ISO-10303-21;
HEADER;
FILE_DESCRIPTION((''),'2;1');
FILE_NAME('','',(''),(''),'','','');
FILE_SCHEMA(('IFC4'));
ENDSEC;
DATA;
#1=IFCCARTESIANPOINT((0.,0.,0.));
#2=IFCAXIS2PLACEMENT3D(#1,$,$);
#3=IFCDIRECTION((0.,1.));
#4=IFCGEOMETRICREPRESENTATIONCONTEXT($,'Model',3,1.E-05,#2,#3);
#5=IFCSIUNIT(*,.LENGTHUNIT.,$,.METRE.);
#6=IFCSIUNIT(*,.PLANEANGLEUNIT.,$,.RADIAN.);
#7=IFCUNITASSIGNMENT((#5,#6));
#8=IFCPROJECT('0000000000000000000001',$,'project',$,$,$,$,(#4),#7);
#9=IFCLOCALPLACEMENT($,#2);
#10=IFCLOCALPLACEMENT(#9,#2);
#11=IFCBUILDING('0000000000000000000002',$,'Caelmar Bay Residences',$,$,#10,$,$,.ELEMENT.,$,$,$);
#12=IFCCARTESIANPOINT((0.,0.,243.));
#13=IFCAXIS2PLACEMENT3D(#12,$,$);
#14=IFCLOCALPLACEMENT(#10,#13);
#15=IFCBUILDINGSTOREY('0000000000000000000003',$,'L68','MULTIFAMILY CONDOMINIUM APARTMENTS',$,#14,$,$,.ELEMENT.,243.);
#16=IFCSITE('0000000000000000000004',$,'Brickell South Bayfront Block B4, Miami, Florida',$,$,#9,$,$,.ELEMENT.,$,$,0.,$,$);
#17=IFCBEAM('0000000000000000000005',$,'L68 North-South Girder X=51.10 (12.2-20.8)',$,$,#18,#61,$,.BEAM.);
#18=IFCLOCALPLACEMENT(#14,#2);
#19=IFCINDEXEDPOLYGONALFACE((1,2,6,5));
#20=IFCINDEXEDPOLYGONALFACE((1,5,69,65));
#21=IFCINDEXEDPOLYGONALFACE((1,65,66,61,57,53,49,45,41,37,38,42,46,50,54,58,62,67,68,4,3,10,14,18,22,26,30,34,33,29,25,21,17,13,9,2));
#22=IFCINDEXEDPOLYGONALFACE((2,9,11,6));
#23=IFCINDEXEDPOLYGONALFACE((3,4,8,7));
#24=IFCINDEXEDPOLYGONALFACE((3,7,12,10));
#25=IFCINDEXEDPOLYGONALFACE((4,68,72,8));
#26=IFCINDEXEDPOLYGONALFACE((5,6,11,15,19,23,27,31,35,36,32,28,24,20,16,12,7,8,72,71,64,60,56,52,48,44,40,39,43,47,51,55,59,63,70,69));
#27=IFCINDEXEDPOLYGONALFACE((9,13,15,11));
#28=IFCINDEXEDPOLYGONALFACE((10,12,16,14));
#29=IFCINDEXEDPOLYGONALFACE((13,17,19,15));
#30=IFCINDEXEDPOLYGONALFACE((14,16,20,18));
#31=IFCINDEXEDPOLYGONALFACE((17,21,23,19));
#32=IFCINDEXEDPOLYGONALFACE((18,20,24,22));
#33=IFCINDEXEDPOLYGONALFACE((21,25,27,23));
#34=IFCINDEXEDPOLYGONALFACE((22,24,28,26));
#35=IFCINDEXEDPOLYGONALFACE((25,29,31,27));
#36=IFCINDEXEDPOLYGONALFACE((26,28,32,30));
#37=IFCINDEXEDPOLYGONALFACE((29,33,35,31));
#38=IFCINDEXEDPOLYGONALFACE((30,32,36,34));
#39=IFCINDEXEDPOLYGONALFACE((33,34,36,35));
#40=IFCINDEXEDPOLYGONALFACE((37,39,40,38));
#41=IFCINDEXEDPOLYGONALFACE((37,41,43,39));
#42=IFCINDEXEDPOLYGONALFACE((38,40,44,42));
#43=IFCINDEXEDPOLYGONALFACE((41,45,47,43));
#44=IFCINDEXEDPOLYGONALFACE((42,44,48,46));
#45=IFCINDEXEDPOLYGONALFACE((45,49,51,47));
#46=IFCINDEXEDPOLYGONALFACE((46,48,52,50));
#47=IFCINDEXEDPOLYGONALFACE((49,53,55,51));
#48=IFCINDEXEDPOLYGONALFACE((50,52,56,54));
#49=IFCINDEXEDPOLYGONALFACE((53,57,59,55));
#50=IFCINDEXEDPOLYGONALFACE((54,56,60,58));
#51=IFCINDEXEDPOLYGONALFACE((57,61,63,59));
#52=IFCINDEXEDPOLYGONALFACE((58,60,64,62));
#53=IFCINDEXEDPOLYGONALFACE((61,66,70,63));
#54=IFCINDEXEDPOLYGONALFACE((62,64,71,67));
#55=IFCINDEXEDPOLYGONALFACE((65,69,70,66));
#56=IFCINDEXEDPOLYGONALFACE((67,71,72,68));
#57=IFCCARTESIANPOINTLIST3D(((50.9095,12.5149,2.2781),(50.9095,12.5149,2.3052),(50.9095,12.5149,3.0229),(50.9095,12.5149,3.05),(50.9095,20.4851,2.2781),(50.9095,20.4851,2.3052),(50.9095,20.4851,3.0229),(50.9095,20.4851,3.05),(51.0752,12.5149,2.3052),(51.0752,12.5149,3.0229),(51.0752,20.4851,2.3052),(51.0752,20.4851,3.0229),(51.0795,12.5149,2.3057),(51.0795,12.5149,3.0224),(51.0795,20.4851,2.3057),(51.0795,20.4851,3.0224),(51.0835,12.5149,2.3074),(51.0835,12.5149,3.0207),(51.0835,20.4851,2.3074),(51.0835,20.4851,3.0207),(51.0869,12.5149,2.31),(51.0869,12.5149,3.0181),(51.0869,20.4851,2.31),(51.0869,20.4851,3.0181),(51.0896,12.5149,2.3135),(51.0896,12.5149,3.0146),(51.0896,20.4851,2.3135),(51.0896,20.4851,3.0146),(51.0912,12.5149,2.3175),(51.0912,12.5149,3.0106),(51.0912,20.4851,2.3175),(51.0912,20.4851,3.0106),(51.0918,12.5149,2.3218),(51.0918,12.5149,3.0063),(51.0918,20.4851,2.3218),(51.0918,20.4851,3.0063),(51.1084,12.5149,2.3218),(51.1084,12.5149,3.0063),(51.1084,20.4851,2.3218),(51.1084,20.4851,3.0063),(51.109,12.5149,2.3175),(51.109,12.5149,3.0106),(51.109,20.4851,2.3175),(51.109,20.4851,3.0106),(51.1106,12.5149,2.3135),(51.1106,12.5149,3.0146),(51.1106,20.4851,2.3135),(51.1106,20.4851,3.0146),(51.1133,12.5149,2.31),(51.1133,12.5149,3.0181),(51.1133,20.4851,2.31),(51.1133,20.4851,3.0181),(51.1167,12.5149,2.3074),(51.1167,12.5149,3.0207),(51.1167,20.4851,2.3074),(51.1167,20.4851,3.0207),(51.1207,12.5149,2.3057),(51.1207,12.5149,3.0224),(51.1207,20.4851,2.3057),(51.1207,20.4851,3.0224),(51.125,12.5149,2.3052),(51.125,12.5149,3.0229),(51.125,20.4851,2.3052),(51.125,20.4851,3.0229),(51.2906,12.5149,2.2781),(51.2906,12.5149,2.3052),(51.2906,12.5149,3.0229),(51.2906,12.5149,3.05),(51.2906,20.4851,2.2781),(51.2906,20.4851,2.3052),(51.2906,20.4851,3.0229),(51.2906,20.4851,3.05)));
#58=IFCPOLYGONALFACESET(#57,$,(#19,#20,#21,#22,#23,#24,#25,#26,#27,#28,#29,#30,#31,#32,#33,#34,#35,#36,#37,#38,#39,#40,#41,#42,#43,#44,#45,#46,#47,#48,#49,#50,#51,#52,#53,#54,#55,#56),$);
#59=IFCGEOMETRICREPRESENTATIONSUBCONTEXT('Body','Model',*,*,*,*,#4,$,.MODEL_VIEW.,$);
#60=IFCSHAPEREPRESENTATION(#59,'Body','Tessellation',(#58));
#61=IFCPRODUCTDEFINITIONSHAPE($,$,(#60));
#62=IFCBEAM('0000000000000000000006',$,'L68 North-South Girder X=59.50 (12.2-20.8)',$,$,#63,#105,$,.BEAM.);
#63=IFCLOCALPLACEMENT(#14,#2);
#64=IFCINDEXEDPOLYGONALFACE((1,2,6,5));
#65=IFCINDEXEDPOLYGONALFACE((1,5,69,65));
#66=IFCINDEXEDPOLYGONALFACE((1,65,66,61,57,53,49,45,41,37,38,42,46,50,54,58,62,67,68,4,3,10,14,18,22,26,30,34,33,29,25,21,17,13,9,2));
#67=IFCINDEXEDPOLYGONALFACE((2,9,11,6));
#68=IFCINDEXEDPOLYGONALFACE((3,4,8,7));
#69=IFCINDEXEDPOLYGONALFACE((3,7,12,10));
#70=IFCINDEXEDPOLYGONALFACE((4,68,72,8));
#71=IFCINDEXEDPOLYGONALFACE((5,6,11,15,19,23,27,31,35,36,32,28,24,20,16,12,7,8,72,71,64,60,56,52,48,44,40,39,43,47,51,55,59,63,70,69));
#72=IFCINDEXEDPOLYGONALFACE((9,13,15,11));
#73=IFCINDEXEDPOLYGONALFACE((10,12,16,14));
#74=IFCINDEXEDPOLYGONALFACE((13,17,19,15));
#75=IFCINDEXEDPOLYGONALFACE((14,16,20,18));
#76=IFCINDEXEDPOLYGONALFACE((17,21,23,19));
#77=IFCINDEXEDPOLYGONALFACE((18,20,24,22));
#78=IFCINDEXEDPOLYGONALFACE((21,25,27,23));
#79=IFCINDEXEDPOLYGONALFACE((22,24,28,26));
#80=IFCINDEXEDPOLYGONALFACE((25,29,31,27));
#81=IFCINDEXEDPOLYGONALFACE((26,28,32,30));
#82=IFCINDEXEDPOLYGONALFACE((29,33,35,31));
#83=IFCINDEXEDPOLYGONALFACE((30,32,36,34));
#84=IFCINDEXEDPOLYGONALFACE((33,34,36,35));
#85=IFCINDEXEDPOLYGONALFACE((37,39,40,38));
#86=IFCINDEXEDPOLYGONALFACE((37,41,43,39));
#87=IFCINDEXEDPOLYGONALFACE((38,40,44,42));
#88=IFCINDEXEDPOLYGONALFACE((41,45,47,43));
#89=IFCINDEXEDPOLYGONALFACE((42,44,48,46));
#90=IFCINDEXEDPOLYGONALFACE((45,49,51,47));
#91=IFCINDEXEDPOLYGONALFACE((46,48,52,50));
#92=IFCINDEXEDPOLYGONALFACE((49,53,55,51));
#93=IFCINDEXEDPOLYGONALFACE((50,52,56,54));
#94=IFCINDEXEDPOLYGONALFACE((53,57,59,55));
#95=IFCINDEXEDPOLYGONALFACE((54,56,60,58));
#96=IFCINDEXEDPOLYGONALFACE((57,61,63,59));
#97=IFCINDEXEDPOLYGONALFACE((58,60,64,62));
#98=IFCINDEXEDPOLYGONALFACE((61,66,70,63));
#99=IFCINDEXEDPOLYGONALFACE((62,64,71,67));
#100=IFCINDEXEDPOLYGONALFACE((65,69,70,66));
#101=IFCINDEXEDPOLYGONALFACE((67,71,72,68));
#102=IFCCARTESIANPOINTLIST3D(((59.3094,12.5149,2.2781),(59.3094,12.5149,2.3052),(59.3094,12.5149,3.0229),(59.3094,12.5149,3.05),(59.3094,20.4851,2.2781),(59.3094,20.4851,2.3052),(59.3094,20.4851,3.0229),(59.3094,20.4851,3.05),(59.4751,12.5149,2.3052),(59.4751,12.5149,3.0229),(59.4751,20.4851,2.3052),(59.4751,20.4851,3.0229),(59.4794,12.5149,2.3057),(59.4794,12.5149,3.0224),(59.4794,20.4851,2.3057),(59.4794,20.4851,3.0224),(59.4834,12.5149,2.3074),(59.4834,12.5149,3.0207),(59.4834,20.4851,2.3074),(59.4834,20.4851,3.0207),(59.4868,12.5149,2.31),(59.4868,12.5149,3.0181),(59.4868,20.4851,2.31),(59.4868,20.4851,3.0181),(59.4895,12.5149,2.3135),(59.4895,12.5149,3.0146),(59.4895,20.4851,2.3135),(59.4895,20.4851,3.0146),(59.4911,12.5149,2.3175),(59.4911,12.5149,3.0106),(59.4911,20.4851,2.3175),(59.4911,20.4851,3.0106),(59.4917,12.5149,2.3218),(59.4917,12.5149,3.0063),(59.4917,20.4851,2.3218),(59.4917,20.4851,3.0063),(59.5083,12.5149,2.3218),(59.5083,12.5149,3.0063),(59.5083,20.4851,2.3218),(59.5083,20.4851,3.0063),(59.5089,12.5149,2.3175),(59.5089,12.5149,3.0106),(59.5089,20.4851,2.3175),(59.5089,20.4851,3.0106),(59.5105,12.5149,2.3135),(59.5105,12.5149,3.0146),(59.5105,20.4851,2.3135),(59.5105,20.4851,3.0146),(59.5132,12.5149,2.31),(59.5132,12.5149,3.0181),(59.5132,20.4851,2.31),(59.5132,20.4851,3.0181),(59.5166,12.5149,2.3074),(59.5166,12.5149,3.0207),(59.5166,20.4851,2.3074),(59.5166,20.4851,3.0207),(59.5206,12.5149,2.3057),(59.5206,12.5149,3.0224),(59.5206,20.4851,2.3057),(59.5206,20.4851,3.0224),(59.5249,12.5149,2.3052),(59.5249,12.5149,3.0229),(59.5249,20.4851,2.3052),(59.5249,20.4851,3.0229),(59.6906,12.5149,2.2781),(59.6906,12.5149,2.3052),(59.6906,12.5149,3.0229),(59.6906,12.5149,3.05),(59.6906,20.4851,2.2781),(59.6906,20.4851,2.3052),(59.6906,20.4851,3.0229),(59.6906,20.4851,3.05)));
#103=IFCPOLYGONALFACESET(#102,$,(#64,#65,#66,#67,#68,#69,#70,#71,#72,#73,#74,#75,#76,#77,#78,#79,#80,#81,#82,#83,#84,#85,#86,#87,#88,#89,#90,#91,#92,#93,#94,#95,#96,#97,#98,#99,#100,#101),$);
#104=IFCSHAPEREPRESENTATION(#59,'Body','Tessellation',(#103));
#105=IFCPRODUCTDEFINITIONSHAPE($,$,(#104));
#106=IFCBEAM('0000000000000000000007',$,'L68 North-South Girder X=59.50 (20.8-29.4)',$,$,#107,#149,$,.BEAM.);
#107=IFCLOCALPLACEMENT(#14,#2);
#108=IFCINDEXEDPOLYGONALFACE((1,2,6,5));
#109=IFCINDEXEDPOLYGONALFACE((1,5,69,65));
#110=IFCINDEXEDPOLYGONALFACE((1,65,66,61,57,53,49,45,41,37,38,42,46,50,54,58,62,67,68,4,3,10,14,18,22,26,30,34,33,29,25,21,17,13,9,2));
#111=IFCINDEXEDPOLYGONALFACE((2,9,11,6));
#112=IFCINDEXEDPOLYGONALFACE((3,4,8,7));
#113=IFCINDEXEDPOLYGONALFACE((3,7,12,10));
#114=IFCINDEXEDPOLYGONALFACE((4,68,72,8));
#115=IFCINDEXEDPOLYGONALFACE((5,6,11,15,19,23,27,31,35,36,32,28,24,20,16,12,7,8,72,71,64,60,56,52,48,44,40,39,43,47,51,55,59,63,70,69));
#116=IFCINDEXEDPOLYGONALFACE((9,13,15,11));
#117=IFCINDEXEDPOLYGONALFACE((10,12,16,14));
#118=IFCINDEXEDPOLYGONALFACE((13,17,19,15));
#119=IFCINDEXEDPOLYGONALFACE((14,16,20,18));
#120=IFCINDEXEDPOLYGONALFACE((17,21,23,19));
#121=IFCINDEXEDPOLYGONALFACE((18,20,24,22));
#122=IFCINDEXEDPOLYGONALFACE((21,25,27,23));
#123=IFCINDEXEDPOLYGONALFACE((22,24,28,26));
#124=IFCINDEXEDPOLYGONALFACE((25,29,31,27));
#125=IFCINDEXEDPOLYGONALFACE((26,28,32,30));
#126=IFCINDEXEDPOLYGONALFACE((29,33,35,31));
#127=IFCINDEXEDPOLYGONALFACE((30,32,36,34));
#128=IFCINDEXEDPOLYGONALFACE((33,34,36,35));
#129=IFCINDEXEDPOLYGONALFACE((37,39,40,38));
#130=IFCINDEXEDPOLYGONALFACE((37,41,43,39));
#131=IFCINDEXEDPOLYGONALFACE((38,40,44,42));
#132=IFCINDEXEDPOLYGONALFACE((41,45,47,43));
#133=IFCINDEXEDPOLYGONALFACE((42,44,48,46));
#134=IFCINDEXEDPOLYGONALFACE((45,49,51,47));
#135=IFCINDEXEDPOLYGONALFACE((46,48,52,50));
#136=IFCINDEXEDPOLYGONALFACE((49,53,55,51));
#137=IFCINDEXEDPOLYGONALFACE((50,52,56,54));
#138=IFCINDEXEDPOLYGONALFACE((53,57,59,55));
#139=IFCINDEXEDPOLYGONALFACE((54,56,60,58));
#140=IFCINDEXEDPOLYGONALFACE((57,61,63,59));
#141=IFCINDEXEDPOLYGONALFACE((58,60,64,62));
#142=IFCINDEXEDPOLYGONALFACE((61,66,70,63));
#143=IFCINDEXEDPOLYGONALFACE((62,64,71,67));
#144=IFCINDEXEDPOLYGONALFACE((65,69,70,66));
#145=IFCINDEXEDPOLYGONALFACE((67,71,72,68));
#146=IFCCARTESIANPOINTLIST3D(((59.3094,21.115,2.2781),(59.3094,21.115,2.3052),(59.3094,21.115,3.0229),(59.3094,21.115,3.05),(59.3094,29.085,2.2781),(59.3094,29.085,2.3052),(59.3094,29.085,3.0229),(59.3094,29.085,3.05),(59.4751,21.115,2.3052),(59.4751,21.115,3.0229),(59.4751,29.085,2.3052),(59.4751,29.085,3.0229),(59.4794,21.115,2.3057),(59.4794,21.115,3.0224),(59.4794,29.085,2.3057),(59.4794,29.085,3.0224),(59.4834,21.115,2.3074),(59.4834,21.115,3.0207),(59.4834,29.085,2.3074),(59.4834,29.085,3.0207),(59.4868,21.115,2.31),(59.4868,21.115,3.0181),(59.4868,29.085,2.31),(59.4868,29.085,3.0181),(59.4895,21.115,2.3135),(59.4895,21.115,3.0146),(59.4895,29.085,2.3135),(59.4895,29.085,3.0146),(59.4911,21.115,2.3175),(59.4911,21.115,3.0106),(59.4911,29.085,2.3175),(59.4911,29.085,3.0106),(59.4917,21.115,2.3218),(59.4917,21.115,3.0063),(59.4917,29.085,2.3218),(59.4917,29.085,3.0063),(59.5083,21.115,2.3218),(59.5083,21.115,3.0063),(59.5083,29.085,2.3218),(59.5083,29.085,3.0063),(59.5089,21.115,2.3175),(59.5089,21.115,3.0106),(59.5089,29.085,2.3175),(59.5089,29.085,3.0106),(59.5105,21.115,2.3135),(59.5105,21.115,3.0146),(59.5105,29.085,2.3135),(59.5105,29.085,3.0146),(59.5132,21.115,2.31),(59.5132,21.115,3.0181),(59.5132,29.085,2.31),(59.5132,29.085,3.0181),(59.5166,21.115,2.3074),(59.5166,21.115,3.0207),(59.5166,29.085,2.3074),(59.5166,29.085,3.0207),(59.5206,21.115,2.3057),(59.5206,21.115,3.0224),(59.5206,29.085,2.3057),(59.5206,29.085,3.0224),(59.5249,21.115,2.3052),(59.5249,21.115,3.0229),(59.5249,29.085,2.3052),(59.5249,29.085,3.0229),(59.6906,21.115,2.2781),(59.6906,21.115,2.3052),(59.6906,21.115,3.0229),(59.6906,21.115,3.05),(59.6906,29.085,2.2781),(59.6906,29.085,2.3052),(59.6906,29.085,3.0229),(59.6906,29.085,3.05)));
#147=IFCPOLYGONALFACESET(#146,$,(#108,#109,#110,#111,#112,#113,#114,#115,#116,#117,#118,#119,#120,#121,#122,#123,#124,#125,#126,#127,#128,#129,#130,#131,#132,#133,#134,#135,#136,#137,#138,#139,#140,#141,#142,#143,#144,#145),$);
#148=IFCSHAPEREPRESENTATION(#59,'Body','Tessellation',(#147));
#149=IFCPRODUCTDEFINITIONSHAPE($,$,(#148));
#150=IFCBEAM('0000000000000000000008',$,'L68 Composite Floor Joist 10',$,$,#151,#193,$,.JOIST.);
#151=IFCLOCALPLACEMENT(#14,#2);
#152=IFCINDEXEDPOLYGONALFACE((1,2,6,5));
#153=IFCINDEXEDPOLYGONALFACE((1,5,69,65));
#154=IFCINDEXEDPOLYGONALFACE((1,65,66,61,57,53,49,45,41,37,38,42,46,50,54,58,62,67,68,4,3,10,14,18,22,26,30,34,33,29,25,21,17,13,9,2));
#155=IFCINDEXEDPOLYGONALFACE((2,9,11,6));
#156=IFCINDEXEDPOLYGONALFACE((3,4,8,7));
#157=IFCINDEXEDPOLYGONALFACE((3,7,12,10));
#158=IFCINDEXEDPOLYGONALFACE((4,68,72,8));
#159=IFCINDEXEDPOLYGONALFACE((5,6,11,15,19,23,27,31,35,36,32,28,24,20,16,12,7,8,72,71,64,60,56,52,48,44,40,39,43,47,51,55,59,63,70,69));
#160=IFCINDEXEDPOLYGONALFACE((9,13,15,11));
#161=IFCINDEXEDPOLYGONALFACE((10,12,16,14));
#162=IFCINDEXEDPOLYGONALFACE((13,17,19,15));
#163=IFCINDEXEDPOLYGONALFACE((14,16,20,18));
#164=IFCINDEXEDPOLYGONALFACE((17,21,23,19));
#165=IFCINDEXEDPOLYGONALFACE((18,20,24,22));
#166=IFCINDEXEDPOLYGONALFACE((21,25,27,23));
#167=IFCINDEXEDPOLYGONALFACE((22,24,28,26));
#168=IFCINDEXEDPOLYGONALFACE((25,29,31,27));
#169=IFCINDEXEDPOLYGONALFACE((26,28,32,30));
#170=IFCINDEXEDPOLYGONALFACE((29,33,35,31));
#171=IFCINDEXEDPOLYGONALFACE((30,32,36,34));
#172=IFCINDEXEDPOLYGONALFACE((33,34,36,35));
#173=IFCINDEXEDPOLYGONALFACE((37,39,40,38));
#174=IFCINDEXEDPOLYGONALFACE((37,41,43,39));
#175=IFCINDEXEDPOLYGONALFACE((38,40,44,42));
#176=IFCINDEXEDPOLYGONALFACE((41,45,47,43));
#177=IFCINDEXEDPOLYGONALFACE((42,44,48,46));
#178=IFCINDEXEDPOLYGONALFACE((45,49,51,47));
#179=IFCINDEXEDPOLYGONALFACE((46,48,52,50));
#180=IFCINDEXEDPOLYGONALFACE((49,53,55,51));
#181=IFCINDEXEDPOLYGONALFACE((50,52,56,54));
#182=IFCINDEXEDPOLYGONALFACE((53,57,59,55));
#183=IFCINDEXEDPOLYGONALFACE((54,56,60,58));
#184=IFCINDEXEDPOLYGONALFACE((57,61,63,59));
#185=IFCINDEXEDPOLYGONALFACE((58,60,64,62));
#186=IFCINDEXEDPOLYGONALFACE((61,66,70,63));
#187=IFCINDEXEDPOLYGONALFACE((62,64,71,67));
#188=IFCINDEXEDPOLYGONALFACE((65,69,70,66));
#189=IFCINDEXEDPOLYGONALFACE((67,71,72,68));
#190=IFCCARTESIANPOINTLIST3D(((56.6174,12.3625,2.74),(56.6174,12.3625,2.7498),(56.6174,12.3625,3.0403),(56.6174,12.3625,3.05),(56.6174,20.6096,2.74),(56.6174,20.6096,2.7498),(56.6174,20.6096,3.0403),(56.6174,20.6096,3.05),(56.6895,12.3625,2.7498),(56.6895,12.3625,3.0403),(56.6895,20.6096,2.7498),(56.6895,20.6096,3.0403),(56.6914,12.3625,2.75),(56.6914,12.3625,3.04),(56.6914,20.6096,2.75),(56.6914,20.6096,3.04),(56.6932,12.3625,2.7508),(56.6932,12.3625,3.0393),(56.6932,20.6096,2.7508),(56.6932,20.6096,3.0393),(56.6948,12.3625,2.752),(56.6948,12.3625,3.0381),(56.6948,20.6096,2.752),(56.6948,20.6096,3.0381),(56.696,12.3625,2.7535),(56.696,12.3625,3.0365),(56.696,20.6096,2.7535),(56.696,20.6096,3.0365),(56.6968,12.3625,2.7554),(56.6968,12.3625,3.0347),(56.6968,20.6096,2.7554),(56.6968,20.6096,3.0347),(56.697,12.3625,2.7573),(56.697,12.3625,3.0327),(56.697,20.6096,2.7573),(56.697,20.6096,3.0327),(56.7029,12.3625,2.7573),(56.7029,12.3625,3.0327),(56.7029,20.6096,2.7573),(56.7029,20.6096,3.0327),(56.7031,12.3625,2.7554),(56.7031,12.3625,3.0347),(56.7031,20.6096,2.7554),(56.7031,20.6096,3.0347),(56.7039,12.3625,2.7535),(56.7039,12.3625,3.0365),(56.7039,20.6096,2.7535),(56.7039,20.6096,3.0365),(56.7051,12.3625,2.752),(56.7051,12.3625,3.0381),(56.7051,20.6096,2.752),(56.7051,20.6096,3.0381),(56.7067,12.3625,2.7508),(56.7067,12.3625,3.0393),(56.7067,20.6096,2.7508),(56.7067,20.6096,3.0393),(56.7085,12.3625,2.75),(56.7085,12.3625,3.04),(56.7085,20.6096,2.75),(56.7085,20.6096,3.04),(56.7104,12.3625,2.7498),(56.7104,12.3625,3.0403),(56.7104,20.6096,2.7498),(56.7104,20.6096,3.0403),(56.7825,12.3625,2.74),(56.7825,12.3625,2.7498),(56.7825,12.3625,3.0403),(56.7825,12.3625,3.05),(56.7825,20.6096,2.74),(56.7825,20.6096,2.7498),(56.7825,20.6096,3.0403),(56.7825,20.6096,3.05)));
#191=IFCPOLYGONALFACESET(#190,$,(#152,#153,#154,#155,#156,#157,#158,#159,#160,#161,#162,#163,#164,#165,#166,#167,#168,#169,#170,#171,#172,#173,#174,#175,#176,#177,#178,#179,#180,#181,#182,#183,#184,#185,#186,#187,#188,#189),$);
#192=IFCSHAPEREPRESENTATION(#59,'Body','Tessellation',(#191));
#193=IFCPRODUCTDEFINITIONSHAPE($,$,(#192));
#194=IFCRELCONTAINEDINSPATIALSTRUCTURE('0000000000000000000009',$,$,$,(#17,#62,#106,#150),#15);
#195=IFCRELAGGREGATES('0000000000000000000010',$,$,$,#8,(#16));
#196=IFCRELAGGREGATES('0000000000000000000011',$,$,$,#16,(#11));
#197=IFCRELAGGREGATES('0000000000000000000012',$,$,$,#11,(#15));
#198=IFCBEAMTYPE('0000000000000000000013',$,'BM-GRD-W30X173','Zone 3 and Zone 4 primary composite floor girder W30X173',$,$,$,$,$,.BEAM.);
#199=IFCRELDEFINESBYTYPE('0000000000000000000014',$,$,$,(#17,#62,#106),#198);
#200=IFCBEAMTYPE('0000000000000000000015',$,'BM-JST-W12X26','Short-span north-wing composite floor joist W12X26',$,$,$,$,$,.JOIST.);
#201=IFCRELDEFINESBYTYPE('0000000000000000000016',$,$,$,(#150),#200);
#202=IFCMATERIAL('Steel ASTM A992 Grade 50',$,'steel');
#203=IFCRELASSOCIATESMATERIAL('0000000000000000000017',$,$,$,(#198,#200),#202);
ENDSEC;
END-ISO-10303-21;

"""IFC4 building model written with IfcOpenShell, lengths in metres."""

from ifc_helpers import new_model, si_unit, direction, frame, origin, origin_2d, place, context, subcontext, project, spatial, i_section, extrude, material, material_profile, profile_set, type_object, element, save


model = new_model("IFC4")

# Units and contexts
model_context = context("Model", 3, precision=1e-05, world=origin(), true_north=direction((0.0, 1.0)))
body_context = subcontext(model_context, "Body", "Model", "MODEL_VIEW")
ifc_project = project(units=[si_unit("LENGTHUNIT", "METRE"), si_unit("PLANEANGLEUNIT", "RADIAN")], contexts=[model_context])

# Site, building, storey
site_placement = place(None, origin())
site = spatial("IfcSite", under=ifc_project, at=site_placement, Name="Brickell South Bayfront Block B4, Miami, Florida", CompositionType="ELEMENT", RefElevation=0.0)
building_placement = place(site_placement, origin())
building = spatial("IfcBuilding", under=site, at=building_placement, Name="Caelmar Bay Residences", CompositionType="ELEMENT")
storey_placement = place(building_placement, frame((0.0, 0.0, 243.0)))
storey = spatial("IfcBuildingStorey", under=building, at=storey_placement, Name="L68", Description="MULTIFAMILY CONDOMINIUM APARTMENTS", CompositionType="ELEMENT", Elevation=243.0)

# Beams
ifc_material_1 = material(Name="Steel ASTM A992 Grade 50", Category="steel")
ifc_material_profile_1 = material_profile(ifc_material_1, i_section(OverallWidth=0.3811, OverallDepth=0.772, WebThickness=0.0166, FlangeThickness=0.0271, FilletRadius=0.0166, at=origin_2d()), Name="W30X173")
ifc_profile_set_1 = profile_set([ifc_material_profile_1], Name="Steel ASTM A992 Grade 50")
beam_type_1 = type_object("IfcBeamType", Name="BM-GRD-W30X173", Description="Zone 3 and Zone 4 primary composite floor girder W30X173", PredefinedType="BEAM", material=ifc_profile_set_1)
for number, where, z_axis, x_axis, name in (
    (1, (51.1001, 12.5149, 2.6641), (0.0, 1.0, 0.0), (-1.0, 0.0, 0.0), "L68 North-South Girder X=51.10 (12.2-20.8)"),
    (2, (59.5, 12.5149, 2.6641), (0.0, 1.0, 0.0), (-1.0, 0.0, 0.0), "L68 North-South Girder X=59.50 (12.2-20.8)"),
):
    element("IfcBeam", number, at=place(storey_placement, frame(where, z_axis=z_axis, x_axis=x_axis)), inside=storey, type_object=beam_type_1, Name=name, PredefinedType="BEAM", context=body_context, shape_type="SweptSolid", body=[
        extrude(i_section(OverallWidth=0.3811, OverallDepth=0.772, WebThickness=0.0166, FlangeThickness=0.0271, FilletRadius=0.0166, at=origin_2d()), origin(), (0.0, 0.0, 1.0), 7.9702),
    ])
beam_1_placement = place(storey_placement, frame((59.5, 21.115, 2.6641), z_axis=(0.0, 1.0, 0.0), x_axis=(-1.0, 0.0, 0.0)))
element("IfcBeam", 3, at=beam_1_placement, inside=storey, type_object=beam_type_1, Name="L68 North-South Girder X=59.50 (20.8-29.4)", PredefinedType="BEAM", context=body_context, shape_type="SweptSolid", body=[
    extrude(i_section(OverallWidth=0.3811, OverallDepth=0.772, WebThickness=0.0166, FlangeThickness=0.0271, FilletRadius=0.0166, at=origin_2d()), origin(), (0.0, 0.0, 1.0), 7.97),
])
ifc_material_profile_2 = material_profile(ifc_material_1, i_section(OverallWidth=0.165, OverallDepth=0.3101, WebThickness=0.0059, FlangeThickness=0.0098, FilletRadius=0.0076, at=origin_2d()), Name="W12X26")
ifc_profile_set_2 = profile_set([ifc_material_profile_2], Name="Steel ASTM A992 Grade 50")
beam_type_2 = type_object("IfcBeamType", Name="BM-JST-W12X26", Description="Short-span north-wing composite floor joist W12X26", PredefinedType="JOIST", material=ifc_profile_set_2)
beam_2_placement = place(storey_placement, frame((56.7, 12.3625, 2.895), z_axis=(0.0, 1.0, 0.0), x_axis=(-1.0, 0.0, 0.0)))
element("IfcBeam", 4, at=beam_2_placement, inside=storey, type_object=beam_type_2, Name="L68 Composite Floor Joist 10", PredefinedType="JOIST", context=body_context, shape_type="SweptSolid", body=[
    extrude(i_section(OverallWidth=0.165, OverallDepth=0.3101, WebThickness=0.0059, FlangeThickness=0.0098, FilletRadius=0.0076, at=origin_2d()), origin(), (0.0, 0.0, 1.0), 8.2471),
])

save(model, "model.ifc")
